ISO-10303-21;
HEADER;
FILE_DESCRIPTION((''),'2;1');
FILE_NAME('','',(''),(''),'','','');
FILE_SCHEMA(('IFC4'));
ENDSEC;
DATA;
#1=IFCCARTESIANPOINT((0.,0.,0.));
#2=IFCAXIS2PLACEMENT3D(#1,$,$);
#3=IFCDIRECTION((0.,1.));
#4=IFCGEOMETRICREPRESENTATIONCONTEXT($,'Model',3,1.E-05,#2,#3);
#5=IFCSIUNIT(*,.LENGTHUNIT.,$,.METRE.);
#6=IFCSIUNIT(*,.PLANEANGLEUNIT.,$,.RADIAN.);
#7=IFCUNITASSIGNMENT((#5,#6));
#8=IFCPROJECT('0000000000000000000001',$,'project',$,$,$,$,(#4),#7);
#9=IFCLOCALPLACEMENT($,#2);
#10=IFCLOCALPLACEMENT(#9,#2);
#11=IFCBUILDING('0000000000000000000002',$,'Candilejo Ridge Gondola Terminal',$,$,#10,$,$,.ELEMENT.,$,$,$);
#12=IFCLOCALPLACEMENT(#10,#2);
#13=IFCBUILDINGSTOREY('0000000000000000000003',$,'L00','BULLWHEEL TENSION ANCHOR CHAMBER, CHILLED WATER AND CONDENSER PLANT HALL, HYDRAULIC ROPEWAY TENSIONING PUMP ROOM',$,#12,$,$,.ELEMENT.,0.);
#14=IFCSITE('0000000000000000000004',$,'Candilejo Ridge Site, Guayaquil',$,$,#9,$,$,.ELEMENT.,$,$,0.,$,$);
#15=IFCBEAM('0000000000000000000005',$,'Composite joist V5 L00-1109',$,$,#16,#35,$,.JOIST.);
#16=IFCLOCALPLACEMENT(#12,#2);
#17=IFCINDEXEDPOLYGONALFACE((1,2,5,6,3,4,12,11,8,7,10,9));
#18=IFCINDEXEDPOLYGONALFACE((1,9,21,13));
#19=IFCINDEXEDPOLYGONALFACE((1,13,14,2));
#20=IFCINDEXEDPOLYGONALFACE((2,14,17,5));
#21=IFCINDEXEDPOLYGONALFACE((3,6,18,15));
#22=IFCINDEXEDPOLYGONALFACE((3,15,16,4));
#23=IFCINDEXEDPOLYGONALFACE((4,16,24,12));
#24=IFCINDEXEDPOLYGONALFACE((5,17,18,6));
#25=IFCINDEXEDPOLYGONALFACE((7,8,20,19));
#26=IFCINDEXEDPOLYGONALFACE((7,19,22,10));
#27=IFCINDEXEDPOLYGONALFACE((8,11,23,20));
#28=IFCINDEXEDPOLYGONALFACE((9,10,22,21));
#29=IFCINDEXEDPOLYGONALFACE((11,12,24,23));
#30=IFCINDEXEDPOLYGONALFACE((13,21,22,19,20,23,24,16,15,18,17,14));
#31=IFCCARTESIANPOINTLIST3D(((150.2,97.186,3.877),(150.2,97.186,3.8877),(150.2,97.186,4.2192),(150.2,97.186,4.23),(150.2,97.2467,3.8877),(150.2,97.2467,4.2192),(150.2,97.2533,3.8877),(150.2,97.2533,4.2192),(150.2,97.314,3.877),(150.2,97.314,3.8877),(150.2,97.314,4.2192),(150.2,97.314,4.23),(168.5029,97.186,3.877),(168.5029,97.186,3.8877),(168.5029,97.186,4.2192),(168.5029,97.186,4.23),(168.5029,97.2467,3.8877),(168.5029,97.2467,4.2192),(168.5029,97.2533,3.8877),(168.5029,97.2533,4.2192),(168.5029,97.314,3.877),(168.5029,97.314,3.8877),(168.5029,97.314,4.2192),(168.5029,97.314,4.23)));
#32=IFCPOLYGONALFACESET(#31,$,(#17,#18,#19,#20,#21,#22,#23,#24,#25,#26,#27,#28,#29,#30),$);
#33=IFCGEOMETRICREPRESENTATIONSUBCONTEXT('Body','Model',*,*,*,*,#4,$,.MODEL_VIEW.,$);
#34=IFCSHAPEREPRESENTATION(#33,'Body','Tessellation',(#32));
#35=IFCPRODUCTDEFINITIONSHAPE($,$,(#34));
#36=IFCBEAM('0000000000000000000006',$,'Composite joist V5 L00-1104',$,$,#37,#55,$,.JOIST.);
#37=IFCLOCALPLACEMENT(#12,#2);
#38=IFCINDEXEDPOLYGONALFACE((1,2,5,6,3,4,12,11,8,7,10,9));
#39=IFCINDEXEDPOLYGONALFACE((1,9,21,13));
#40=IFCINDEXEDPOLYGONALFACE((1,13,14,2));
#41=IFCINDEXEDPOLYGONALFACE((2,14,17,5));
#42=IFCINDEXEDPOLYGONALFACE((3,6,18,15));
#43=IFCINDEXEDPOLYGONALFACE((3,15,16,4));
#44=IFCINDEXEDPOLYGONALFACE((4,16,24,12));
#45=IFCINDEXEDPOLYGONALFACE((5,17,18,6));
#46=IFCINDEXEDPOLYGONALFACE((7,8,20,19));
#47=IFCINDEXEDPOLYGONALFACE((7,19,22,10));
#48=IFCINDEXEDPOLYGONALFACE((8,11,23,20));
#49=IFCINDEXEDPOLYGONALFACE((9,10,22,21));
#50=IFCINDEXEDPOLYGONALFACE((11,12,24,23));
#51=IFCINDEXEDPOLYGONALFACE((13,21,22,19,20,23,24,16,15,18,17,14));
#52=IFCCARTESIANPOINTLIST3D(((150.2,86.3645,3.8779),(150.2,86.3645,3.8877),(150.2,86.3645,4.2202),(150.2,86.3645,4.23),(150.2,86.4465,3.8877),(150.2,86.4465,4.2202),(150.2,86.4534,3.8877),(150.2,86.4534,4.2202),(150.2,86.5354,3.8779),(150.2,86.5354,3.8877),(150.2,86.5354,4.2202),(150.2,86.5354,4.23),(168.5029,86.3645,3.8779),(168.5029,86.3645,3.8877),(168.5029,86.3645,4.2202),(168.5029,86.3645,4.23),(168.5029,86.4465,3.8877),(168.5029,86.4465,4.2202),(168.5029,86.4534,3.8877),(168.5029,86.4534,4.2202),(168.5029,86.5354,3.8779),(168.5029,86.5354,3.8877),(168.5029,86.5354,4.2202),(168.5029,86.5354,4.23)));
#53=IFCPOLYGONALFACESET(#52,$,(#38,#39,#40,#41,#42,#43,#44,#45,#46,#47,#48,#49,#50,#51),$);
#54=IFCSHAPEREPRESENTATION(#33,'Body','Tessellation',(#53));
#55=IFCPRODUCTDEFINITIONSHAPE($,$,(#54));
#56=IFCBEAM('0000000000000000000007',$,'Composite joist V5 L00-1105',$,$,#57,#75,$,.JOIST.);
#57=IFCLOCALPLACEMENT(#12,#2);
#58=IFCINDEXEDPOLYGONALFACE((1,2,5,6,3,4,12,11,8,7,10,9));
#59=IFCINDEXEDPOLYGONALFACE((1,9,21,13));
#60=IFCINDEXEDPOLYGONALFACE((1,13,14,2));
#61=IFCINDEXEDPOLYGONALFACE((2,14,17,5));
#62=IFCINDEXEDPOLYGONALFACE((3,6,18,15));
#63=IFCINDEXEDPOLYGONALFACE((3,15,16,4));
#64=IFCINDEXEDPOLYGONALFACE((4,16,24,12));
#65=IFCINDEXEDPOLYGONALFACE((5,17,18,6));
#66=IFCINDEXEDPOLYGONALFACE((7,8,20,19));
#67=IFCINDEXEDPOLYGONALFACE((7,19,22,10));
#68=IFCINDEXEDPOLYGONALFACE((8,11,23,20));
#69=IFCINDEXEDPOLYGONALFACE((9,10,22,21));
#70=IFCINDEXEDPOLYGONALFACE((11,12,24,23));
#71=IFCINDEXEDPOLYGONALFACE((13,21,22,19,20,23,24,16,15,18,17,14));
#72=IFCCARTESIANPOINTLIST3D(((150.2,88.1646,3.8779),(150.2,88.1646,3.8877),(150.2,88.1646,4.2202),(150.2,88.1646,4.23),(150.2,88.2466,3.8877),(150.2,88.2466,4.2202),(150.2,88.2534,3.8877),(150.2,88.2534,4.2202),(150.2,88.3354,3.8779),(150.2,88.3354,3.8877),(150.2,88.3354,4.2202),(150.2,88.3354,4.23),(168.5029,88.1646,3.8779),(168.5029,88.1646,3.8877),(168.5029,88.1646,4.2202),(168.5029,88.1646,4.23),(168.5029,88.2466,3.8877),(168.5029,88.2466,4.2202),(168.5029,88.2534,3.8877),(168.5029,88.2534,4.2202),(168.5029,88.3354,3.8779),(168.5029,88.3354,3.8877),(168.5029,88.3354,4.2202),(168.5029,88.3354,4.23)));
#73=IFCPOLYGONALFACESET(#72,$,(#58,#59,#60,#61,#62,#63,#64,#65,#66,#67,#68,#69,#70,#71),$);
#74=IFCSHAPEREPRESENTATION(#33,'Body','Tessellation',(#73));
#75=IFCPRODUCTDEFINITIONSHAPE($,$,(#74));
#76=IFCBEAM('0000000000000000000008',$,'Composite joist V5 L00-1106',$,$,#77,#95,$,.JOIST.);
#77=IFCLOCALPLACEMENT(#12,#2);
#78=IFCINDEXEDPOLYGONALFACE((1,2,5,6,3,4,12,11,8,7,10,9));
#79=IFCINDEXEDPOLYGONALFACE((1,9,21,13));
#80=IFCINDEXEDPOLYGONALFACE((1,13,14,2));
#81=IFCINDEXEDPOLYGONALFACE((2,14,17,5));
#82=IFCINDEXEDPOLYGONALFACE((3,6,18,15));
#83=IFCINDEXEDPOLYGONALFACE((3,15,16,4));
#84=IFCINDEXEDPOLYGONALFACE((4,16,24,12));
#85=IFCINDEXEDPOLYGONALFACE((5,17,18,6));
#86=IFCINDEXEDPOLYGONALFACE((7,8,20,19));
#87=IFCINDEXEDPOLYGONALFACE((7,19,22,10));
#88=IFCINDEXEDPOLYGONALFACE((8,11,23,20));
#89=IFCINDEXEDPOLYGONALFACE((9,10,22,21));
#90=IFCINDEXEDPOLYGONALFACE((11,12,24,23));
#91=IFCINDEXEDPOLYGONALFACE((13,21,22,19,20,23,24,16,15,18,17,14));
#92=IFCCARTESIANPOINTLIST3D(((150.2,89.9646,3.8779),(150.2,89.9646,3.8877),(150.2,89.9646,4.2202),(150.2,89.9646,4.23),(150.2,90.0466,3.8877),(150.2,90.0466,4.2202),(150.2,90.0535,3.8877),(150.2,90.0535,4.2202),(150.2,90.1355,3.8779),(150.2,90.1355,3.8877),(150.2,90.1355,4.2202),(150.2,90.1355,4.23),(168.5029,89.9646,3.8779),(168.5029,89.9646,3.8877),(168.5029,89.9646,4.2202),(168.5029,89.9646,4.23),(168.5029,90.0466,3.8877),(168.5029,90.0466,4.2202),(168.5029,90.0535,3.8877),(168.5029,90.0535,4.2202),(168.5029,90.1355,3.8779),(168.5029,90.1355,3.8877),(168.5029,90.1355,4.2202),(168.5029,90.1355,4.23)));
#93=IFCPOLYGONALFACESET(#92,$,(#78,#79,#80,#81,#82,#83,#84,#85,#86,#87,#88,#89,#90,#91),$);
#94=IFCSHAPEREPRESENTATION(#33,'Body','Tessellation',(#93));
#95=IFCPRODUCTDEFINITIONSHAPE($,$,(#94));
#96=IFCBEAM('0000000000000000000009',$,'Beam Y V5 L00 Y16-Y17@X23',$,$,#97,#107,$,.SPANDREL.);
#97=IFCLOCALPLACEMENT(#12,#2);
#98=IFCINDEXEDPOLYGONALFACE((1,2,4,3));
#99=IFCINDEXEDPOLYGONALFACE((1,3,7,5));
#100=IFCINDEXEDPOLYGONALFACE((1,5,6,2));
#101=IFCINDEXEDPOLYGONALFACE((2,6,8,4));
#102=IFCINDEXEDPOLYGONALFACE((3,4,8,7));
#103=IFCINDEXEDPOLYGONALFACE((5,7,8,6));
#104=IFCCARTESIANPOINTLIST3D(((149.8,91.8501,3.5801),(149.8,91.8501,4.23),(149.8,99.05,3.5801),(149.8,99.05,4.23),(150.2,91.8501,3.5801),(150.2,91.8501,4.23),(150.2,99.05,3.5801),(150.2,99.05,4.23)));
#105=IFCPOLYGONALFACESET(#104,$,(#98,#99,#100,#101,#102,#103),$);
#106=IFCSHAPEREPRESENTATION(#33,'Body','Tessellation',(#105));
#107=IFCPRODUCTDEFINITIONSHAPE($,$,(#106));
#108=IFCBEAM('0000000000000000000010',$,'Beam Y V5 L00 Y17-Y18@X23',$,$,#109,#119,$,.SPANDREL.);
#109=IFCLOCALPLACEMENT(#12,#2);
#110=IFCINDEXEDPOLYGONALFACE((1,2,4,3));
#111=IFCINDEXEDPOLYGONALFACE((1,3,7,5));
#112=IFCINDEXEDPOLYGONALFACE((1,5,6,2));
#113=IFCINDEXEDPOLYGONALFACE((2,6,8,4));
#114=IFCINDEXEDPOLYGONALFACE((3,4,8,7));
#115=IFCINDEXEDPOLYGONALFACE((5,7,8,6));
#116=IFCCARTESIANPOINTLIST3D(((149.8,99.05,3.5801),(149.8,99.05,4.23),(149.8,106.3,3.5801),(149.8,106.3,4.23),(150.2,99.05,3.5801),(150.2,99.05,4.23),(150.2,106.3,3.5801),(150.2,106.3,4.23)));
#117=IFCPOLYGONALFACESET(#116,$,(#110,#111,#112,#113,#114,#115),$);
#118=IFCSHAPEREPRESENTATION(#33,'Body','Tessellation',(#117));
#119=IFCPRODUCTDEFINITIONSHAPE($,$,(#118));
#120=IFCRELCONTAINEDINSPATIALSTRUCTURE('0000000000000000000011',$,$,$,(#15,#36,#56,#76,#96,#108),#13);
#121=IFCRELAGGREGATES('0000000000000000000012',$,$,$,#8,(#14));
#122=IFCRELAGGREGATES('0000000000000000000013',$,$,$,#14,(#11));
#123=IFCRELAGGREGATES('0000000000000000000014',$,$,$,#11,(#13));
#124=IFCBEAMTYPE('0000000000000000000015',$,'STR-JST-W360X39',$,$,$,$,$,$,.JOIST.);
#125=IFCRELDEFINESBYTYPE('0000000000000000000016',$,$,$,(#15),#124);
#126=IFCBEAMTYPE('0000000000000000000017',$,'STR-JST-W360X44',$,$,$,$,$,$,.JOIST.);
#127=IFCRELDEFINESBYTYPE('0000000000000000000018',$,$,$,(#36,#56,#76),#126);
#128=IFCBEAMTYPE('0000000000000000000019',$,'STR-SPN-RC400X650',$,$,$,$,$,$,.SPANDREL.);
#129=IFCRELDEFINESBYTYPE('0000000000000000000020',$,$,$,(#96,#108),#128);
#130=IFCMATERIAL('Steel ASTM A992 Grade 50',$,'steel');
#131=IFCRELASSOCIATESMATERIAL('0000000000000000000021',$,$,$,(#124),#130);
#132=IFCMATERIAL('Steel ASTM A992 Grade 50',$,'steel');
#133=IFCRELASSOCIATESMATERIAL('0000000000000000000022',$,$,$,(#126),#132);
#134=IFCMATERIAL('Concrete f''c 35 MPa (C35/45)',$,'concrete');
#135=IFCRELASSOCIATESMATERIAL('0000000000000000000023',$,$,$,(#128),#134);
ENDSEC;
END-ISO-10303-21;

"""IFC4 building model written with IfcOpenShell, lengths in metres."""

from ifc_helpers import new_model, si_unit, direction, frame, origin, origin_2d, place, context, subcontext, project, spatial, rectangle, i_section, extrude, material, material_profile, profile_set, type_object, element, save


model = new_model("IFC4")

# Units and contexts
model_context = context("Model", 3, precision=1e-05, world=origin(), true_north=direction((0.0, 1.0)))
body_context = subcontext(model_context, "Body", "Model", "MODEL_VIEW")
ifc_project = project(units=[si_unit("LENGTHUNIT", "METRE"), si_unit("PLANEANGLEUNIT", "RADIAN")], contexts=[model_context])

# Site, building, storey
site_placement = place(None, origin())
site = spatial("IfcSite", under=ifc_project, at=site_placement, Name="Candilejo Ridge Site, Guayaquil", CompositionType="ELEMENT", RefElevation=0.0)
building_placement = place(site_placement, origin())
building = spatial("IfcBuilding", under=site, at=building_placement, Name="Candilejo Ridge Gondola Terminal", CompositionType="ELEMENT")
storey_placement = place(building_placement, origin())
storey = spatial("IfcBuildingStorey", under=building, at=storey_placement, Name="L00", Description="BULLWHEEL TENSION ANCHOR CHAMBER, CHILLED WATER AND CONDENSER PLANT HALL, HYDRAULIC ROPEWAY TENSIONING PUMP ROOM", CompositionType="ELEMENT", Elevation=0.0)

# Beams
ifc_material_1 = material(Name="Steel ASTM A992 Grade 50", Category="steel")
ifc_material_profile_1 = material_profile(ifc_material_1, i_section(OverallWidth=0.1279, OverallDepth=0.353, WebThickness=0.0066, FlangeThickness=0.0107, at=origin_2d()))
ifc_profile_set_1 = profile_set([ifc_material_profile_1], Name="Steel ASTM A992 Grade 50")
beam_type_1 = type_object("IfcBeamType", Name="STR-JST-W360X39", PredefinedType="JOIST", material=ifc_profile_set_1)
for number, where, z_axis, x_axis, name in (
    (1, (150.2, 97.25, 4.0535), (1.0, 0.0, 0.0), (0.0, 1.0, 0.0), "Composite joist V5 L00-1109"),
):
    element("IfcBeam", number, at=place(storey_placement, frame(where, z_axis=z_axis, x_axis=x_axis)), inside=storey, type_object=beam_type_1, Name=name, PredefinedType="JOIST", context=body_context, shape_type="SweptSolid", body=[
        extrude(i_section(OverallWidth=0.1279, OverallDepth=0.353, WebThickness=0.0066, FlangeThickness=0.0107, at=origin_2d()), origin(), (0.0, 0.0, 1.0), 18.303),
    ])
ifc_material_2 = material(Name="Steel ASTM A992 Grade 50", Category="steel")
ifc_material_profile_2 = material_profile(ifc_material_2, i_section(OverallWidth=0.1709, OverallDepth=0.3521, WebThickness=0.0068, FlangeThickness=0.0098, at=origin_2d()))
ifc_profile_set_2 = profile_set([ifc_material_profile_2], Name="Steel ASTM A992 Grade 50")
beam_type_2 = type_object("IfcBeamType", Name="STR-JST-W360X44", PredefinedType="JOIST", material=ifc_profile_set_2)
for number, where, z_axis, x_axis, name in (
    (2, (150.2, 86.45, 4.054), (1.0, 0.0, 0.0), (0.0, 1.0, 0.0), "Composite joist V5 L00-1104"),
    (3, (150.2, 88.25, 4.054), (1.0, 0.0, 0.0), (0.0, 1.0, 0.0), "Composite joist V5 L00-1105"),
    (4, (150.2, 90.05, 4.054), (1.0, 0.0, 0.0), (0.0, 1.0, 0.0), "Composite joist V5 L00-1106"),
):
    element("IfcBeam", number, at=place(storey_placement, frame(where, z_axis=z_axis, x_axis=x_axis)), inside=storey, type_object=beam_type_2, Name=name, PredefinedType="JOIST", context=body_context, shape_type="SweptSolid", body=[
        extrude(i_section(OverallWidth=0.1709, OverallDepth=0.3521, WebThickness=0.0068, FlangeThickness=0.0098, at=origin_2d()), origin(), (0.0, 0.0, 1.0), 18.303),
    ])
ifc_material_3 = material(Name="Concrete f'c 35 MPa (C35/45)", Category="concrete")
ifc_material_profile_3 = material_profile(ifc_material_3, rectangle(XDim=0.3999, YDim=0.6499, at=origin_2d()))
ifc_profile_set_3 = profile_set([ifc_material_profile_3], Name="Concrete f'c 35 MPa (C35/45)")
beam_type_3 = type_object("IfcBeamType", Name="STR-SPN-RC400X650", PredefinedType="SPANDREL", material=ifc_profile_set_3)
beam_1_placement = place(storey_placement, frame((150.0, 91.8501, 3.905), z_axis=(0.0, 1.0, 0.0), x_axis=(-1.0, 0.0, 0.0)))
element("IfcBeam", 5, at=beam_1_placement, inside=storey, type_object=beam_type_3, Name="Beam Y V5 L00 Y16-Y17@X23", PredefinedType="SPANDREL", context=body_context, shape_type="SweptSolid", body=[
    extrude(rectangle(XDim=0.3999, YDim=0.6499, at=origin_2d()), origin(), (0.0, 0.0, 1.0), 7.2),
])
beam_2_placement = place(storey_placement, frame((150.0, 99.05, 3.905), z_axis=(0.0, 1.0, 0.0), x_axis=(-1.0, 0.0, 0.0)))
element("IfcBeam", 6, at=beam_2_placement, inside=storey, type_object=beam_type_3, Name="Beam Y V5 L00 Y17-Y18@X23", PredefinedType="SPANDREL", context=body_context, shape_type="SweptSolid", body=[
    extrude(rectangle(XDim=0.3999, YDim=0.6499, at=origin_2d()), origin(), (0.0, 0.0, 1.0), 7.25),
])

save(model, "model.ifc")
